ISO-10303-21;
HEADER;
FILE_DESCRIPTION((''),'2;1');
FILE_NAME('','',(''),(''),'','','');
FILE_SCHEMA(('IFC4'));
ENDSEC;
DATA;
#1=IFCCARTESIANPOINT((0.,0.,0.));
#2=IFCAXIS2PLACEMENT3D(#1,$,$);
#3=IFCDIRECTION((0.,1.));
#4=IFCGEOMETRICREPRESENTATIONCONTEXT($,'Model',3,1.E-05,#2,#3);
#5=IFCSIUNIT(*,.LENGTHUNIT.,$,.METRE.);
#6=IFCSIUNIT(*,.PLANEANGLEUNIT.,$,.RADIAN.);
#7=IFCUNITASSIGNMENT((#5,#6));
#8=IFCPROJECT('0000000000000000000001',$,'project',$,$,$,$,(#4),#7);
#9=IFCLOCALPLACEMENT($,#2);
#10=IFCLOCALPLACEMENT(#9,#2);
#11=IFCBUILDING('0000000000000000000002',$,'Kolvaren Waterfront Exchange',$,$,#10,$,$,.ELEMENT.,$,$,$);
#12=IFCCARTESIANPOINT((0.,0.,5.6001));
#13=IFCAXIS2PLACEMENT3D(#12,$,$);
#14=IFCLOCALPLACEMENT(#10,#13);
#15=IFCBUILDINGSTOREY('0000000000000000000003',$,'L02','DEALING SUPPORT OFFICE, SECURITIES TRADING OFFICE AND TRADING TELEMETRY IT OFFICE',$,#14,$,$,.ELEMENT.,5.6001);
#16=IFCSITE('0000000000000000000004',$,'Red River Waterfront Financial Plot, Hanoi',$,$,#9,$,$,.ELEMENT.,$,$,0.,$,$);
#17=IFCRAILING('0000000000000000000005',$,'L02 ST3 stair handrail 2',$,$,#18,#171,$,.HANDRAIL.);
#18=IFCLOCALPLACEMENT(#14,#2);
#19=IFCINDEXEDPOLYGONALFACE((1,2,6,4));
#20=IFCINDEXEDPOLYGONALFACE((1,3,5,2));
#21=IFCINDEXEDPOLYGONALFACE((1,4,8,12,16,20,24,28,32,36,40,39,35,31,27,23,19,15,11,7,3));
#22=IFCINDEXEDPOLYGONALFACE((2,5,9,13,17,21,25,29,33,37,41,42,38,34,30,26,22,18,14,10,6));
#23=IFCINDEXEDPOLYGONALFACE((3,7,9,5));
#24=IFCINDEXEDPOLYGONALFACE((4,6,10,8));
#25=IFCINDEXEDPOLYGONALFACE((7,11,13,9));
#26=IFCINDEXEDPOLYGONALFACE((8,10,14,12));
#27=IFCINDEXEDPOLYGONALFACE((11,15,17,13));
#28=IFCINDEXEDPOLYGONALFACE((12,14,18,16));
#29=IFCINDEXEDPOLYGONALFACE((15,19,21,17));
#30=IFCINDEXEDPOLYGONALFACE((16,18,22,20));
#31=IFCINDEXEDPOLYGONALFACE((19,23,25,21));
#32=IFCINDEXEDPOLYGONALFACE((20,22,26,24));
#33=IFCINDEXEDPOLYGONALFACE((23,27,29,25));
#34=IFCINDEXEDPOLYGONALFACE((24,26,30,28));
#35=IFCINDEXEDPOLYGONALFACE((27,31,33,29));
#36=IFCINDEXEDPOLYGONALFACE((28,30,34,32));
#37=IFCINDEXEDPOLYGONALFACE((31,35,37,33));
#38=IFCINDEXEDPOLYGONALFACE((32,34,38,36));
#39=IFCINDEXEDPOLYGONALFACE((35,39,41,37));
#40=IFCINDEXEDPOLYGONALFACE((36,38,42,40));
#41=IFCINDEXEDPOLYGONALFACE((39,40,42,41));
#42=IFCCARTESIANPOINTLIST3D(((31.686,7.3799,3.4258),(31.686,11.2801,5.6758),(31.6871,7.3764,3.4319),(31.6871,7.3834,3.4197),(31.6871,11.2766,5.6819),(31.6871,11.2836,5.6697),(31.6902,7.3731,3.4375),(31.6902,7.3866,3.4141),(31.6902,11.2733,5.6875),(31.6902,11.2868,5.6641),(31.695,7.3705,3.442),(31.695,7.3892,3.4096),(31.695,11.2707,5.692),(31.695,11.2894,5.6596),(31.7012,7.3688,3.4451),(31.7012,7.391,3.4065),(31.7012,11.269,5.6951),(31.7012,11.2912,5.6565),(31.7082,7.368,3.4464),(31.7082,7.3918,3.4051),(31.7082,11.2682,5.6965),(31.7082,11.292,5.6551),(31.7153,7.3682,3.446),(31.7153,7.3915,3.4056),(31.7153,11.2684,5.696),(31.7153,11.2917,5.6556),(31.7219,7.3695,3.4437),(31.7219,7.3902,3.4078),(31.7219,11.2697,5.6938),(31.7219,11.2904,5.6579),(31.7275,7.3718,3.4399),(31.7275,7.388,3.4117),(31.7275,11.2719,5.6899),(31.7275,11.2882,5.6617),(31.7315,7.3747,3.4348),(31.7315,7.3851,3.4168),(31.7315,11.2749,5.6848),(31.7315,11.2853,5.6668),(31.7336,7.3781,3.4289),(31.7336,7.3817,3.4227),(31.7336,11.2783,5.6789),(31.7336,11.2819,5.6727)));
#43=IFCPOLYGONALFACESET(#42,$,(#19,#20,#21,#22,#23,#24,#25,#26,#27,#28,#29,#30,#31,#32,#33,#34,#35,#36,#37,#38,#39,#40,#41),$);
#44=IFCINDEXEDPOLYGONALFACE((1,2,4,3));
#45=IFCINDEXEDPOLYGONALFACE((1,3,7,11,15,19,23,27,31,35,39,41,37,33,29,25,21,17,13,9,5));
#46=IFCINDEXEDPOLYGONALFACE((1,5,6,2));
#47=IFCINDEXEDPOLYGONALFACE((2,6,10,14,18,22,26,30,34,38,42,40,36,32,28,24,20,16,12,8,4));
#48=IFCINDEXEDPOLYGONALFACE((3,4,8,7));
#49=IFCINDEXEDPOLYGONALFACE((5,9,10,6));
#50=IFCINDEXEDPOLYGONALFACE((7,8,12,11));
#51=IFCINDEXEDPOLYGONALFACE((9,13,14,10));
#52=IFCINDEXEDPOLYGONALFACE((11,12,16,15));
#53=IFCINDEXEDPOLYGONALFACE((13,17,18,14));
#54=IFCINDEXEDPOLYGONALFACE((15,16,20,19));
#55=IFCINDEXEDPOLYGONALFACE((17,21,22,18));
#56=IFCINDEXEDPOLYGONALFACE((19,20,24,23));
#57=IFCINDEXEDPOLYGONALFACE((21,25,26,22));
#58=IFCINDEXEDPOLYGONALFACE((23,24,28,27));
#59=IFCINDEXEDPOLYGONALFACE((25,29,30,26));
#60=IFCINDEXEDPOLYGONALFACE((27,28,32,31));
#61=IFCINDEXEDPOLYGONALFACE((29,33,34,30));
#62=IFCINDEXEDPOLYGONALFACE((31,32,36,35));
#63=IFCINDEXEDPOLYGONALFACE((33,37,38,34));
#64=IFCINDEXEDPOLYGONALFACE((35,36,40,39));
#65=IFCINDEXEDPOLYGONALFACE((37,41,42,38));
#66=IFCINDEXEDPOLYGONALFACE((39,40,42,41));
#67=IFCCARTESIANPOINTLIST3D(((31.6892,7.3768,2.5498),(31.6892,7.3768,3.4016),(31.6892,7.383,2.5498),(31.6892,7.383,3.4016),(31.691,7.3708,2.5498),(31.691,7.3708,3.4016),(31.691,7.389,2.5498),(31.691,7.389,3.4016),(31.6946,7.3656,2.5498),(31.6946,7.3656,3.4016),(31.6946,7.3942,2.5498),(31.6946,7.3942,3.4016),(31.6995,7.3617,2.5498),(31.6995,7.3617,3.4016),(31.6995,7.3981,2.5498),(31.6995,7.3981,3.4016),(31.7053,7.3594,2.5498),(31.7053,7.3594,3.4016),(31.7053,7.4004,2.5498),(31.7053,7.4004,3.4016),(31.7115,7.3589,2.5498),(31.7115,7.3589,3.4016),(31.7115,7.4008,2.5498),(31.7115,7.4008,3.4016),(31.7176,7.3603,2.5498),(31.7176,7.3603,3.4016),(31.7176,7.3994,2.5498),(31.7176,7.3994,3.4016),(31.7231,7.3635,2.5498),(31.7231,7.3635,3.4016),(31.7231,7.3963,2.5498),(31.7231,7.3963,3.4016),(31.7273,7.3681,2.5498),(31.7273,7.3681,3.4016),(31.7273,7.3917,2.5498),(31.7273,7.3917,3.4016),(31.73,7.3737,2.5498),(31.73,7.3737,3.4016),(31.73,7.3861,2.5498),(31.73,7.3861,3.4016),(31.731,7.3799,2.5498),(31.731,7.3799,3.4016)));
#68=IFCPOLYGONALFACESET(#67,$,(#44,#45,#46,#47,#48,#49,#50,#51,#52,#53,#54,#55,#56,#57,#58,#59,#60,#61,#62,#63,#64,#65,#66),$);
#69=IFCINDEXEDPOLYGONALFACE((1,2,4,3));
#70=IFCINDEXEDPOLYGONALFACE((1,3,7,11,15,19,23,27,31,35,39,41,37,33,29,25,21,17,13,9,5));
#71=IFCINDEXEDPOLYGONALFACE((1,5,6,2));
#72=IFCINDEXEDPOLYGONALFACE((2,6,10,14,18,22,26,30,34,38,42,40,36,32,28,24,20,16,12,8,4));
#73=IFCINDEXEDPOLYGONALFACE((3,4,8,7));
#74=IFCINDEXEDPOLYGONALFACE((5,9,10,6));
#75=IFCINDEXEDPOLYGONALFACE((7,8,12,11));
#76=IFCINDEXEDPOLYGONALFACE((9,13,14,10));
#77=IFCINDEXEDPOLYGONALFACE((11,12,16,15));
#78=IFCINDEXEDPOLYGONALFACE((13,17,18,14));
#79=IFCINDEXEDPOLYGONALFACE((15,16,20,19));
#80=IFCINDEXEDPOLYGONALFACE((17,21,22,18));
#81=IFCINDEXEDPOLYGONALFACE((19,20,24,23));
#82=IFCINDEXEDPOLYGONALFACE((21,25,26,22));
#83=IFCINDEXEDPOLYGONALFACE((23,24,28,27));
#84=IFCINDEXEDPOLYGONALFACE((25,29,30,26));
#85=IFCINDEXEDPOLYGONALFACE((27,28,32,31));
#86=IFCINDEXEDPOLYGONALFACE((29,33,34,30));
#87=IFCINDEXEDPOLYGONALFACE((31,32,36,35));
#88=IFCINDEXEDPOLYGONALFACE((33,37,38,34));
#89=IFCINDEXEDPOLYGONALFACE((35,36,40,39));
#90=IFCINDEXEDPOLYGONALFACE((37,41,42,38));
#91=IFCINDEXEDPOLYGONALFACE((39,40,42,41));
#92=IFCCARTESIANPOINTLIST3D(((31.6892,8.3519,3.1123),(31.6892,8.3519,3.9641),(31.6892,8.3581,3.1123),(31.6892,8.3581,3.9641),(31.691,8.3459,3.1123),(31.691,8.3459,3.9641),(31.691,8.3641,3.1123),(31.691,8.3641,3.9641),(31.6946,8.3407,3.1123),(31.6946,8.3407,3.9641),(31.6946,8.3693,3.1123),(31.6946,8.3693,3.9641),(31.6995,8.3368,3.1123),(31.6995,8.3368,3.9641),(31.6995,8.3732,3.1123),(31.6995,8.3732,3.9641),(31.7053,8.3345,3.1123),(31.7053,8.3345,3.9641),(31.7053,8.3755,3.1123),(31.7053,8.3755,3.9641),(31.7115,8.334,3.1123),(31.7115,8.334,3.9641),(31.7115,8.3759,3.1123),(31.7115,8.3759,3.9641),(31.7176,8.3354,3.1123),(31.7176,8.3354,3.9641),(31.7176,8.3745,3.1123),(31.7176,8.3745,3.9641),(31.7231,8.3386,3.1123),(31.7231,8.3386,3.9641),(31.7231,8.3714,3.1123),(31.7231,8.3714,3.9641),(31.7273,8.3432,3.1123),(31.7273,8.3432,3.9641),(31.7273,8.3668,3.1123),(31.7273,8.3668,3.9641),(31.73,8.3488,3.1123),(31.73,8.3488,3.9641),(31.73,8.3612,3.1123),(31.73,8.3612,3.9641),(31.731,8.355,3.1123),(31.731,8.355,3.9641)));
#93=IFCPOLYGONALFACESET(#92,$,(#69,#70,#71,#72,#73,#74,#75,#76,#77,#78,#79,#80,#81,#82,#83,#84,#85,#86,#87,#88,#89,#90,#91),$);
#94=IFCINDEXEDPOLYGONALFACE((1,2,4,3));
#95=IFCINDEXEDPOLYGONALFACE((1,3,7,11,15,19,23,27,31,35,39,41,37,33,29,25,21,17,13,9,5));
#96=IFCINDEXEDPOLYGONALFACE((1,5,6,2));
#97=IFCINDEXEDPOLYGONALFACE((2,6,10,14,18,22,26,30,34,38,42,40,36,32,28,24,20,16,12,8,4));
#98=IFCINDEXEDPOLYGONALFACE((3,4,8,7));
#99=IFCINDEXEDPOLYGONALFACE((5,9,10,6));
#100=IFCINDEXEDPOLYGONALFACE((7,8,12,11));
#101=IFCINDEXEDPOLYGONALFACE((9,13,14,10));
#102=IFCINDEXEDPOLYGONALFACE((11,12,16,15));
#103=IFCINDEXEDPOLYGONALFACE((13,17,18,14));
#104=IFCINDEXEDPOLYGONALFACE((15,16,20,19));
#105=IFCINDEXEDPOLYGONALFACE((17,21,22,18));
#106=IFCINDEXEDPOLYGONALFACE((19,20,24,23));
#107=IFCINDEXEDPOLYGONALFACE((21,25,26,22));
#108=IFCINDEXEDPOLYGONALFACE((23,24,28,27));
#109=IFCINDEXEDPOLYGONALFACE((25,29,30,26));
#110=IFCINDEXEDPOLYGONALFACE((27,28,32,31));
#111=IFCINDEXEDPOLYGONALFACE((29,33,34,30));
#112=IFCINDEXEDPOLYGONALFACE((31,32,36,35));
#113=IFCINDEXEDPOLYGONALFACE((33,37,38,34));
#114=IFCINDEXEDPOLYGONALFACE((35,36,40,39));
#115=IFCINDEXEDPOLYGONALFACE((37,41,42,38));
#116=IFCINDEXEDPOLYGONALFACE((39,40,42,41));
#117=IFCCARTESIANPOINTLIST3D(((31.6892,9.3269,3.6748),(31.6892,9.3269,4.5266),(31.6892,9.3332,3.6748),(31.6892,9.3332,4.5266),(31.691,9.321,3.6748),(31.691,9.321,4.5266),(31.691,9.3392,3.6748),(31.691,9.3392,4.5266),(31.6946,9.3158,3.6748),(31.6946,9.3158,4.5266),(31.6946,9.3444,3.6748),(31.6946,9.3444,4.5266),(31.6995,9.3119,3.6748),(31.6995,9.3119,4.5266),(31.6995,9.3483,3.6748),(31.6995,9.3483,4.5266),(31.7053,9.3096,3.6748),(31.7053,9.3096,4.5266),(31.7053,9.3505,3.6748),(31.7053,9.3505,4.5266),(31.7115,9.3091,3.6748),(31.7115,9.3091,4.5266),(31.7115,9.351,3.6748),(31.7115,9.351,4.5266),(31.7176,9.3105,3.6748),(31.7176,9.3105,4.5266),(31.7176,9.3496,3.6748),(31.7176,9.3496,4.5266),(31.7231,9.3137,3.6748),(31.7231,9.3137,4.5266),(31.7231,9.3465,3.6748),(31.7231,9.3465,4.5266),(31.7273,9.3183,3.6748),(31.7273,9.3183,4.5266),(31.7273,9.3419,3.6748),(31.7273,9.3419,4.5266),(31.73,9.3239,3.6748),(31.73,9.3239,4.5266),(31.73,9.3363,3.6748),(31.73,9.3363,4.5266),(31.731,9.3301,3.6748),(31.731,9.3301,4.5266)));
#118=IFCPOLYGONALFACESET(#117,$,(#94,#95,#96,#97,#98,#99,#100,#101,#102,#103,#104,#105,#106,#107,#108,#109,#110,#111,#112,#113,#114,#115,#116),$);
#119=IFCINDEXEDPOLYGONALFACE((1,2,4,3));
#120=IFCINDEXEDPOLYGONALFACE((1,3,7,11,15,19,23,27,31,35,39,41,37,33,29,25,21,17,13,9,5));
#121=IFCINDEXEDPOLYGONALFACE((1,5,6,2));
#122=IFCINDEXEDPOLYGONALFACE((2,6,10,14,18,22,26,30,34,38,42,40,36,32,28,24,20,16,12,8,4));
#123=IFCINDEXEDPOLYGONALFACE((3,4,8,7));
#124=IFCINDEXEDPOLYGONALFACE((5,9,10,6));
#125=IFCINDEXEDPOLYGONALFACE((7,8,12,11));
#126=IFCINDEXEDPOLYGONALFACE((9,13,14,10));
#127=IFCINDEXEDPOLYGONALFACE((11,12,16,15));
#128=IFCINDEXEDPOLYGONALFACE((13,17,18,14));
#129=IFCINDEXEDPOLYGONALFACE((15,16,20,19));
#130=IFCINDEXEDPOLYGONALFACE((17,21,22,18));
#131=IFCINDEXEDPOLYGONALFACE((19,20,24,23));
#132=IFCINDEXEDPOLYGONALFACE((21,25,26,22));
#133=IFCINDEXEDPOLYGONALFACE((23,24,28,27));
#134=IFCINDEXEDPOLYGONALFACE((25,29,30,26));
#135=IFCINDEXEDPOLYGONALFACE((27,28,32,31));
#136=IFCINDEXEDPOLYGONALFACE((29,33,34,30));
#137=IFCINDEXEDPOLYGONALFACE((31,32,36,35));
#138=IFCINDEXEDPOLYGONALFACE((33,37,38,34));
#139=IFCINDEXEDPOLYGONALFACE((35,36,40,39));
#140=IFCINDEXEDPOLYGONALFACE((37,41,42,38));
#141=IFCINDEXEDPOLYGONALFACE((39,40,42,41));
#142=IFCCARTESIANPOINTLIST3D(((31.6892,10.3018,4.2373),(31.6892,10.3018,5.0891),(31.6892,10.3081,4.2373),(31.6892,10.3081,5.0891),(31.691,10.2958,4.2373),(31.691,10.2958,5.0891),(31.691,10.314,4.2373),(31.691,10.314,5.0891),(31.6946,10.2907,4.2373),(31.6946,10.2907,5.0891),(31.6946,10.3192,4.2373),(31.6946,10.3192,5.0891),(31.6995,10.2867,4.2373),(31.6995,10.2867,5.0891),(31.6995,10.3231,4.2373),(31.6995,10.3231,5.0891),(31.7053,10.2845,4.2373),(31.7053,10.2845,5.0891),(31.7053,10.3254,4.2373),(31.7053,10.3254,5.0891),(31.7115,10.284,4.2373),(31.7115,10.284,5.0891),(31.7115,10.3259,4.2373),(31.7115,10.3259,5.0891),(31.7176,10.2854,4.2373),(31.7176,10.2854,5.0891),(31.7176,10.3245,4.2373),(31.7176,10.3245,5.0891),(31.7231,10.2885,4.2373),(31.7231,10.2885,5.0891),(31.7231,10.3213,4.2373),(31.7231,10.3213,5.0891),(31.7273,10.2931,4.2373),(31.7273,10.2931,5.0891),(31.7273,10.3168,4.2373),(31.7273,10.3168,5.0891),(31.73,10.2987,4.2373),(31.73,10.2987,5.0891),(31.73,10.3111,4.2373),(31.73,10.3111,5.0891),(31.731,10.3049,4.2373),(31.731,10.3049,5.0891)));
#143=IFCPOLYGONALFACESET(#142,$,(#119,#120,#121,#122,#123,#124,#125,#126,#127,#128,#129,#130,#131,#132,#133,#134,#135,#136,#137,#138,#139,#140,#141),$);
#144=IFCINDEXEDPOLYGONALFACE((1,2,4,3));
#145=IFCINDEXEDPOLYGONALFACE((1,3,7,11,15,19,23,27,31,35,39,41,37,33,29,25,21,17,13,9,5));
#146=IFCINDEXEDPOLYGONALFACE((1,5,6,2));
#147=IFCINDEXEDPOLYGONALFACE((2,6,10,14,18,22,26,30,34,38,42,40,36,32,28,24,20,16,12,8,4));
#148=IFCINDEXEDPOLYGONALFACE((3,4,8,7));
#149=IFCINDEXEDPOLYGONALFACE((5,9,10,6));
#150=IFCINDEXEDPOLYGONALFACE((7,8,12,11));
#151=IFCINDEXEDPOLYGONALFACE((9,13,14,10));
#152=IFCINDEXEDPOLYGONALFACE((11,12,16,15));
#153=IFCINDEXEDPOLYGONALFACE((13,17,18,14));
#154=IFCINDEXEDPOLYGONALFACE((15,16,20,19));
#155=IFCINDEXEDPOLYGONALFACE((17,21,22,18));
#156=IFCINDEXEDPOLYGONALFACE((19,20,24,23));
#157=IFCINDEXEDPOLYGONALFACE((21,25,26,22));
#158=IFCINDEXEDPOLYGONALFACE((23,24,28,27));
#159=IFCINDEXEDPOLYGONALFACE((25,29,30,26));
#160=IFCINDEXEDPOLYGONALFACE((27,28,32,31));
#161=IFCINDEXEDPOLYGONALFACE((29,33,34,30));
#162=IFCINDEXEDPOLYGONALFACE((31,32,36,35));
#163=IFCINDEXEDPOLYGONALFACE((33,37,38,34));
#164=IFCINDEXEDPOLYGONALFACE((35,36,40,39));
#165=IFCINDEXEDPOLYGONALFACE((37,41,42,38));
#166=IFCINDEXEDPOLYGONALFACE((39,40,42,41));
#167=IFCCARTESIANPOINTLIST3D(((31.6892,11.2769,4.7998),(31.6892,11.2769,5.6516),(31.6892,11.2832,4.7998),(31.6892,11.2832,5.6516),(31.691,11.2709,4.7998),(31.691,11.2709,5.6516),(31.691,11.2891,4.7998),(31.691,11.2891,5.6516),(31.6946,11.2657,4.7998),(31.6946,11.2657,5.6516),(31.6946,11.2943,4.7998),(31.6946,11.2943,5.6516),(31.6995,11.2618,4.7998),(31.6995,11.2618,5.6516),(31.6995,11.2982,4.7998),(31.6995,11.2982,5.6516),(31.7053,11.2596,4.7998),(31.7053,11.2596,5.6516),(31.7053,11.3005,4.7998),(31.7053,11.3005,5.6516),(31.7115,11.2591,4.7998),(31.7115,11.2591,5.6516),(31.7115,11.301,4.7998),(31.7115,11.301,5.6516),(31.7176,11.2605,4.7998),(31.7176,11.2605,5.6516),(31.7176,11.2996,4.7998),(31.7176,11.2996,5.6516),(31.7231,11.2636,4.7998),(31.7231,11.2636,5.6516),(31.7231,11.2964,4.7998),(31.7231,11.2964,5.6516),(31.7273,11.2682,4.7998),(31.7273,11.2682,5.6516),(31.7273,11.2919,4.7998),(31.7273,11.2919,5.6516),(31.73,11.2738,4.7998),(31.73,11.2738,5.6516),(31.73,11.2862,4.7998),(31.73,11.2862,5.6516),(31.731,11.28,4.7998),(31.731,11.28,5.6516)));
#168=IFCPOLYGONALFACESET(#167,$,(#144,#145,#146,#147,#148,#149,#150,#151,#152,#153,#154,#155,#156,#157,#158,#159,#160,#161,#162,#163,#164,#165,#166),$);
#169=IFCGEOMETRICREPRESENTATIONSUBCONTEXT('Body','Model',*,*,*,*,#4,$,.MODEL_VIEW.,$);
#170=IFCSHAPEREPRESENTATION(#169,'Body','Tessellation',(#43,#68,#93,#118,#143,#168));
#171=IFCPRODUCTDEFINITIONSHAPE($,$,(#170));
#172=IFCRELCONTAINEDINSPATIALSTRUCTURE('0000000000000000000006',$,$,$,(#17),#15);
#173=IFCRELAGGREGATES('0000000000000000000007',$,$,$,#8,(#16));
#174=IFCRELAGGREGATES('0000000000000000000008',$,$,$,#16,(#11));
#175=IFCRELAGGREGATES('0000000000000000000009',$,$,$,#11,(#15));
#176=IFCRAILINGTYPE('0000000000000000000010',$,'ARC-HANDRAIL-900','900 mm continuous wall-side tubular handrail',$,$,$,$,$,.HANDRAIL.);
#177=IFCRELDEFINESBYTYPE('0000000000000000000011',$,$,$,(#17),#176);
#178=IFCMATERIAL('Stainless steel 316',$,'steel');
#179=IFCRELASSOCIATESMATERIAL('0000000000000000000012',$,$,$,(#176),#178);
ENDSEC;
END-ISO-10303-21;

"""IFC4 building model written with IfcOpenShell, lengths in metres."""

from ifc_helpers import new_model, si_unit, direction, frame, origin, origin_2d, place, context, subcontext, project, spatial, circle, extrude, material, type_object, element, save


model = new_model("IFC4")

# Units and contexts
model_context = context("Model", 3, precision=1e-05, world=origin(), true_north=direction((0.0, 1.0)))
body_context = subcontext(model_context, "Body", "Model", "MODEL_VIEW")
ifc_project = project(units=[si_unit("LENGTHUNIT", "METRE"), si_unit("PLANEANGLEUNIT", "RADIAN")], contexts=[model_context])

# Site, building, storey
site_placement = place(None, origin())
site = spatial("IfcSite", under=ifc_project, at=site_placement, Name="Red River Waterfront Financial Plot, Hanoi", CompositionType="ELEMENT", RefElevation=0.0)
building_placement = place(site_placement, origin())
building = spatial("IfcBuilding", under=site, at=building_placement, Name="Kolvaren Waterfront Exchange", CompositionType="ELEMENT")
storey_placement = place(building_placement, frame((0.0, 0.0, 5.6001)))
storey = spatial("IfcBuildingStorey", under=building, at=storey_placement, Name="L02", Description="DEALING SUPPORT OFFICE, SECURITIES TRADING OFFICE AND TRADING TELEMETRY IT OFFICE", CompositionType="ELEMENT", Elevation=5.6001)

# Railing
ifc_material_1 = material(Name="Stainless steel 316", Category="steel")
railing_type_1 = type_object("IfcRailingType", Name="ARC-HANDRAIL-900", Description="900 mm continuous wall-side tubular handrail", PredefinedType="HANDRAIL", material=ifc_material_1)
railing_1_placement = place(storey_placement, frame((31.71, 7.3799, 2.5498)))
element("IfcRailing", 1, at=railing_1_placement, inside=storey, type_object=railing_type_1, Name="L02 ST3 stair handrail 2", PredefinedType="HANDRAIL", context=body_context, shape_type="SweptSolid", body=[
    extrude(circle(Radius=0.0239, at=origin_2d()), frame((0.0, 0.0, 0.876), z_axis=(0.0, 0.866194, 0.499708), x_axis=(-1.0, 0.0, 0.0)), (0.0, 0.0, 1.0), 4.5027),
    extrude(circle(Radius=0.021, at=origin_2d()), origin(), (0.0, 0.0, 1.0), 0.8518),
    extrude(circle(Radius=0.021, at=origin_2d()), frame((0.0, 0.9751, 0.5625)), (0.0, 0.0, 1.0), 0.8518),
    extrude(circle(Radius=0.021, at=origin_2d()), frame((0.0, 1.9502, 1.125)), (0.0, 0.0, 1.0), 0.8518),
    extrude(circle(Radius=0.021, at=origin_2d()), frame((0.0, 2.925, 1.6875)), (0.0, 0.0, 1.0), 0.8518),
    extrude(circle(Radius=0.021, at=origin_2d()), frame((0.0, 3.9001, 2.25)), (0.0, 0.0, 1.0), 0.8518),
])

save(model, "model.ifc")
